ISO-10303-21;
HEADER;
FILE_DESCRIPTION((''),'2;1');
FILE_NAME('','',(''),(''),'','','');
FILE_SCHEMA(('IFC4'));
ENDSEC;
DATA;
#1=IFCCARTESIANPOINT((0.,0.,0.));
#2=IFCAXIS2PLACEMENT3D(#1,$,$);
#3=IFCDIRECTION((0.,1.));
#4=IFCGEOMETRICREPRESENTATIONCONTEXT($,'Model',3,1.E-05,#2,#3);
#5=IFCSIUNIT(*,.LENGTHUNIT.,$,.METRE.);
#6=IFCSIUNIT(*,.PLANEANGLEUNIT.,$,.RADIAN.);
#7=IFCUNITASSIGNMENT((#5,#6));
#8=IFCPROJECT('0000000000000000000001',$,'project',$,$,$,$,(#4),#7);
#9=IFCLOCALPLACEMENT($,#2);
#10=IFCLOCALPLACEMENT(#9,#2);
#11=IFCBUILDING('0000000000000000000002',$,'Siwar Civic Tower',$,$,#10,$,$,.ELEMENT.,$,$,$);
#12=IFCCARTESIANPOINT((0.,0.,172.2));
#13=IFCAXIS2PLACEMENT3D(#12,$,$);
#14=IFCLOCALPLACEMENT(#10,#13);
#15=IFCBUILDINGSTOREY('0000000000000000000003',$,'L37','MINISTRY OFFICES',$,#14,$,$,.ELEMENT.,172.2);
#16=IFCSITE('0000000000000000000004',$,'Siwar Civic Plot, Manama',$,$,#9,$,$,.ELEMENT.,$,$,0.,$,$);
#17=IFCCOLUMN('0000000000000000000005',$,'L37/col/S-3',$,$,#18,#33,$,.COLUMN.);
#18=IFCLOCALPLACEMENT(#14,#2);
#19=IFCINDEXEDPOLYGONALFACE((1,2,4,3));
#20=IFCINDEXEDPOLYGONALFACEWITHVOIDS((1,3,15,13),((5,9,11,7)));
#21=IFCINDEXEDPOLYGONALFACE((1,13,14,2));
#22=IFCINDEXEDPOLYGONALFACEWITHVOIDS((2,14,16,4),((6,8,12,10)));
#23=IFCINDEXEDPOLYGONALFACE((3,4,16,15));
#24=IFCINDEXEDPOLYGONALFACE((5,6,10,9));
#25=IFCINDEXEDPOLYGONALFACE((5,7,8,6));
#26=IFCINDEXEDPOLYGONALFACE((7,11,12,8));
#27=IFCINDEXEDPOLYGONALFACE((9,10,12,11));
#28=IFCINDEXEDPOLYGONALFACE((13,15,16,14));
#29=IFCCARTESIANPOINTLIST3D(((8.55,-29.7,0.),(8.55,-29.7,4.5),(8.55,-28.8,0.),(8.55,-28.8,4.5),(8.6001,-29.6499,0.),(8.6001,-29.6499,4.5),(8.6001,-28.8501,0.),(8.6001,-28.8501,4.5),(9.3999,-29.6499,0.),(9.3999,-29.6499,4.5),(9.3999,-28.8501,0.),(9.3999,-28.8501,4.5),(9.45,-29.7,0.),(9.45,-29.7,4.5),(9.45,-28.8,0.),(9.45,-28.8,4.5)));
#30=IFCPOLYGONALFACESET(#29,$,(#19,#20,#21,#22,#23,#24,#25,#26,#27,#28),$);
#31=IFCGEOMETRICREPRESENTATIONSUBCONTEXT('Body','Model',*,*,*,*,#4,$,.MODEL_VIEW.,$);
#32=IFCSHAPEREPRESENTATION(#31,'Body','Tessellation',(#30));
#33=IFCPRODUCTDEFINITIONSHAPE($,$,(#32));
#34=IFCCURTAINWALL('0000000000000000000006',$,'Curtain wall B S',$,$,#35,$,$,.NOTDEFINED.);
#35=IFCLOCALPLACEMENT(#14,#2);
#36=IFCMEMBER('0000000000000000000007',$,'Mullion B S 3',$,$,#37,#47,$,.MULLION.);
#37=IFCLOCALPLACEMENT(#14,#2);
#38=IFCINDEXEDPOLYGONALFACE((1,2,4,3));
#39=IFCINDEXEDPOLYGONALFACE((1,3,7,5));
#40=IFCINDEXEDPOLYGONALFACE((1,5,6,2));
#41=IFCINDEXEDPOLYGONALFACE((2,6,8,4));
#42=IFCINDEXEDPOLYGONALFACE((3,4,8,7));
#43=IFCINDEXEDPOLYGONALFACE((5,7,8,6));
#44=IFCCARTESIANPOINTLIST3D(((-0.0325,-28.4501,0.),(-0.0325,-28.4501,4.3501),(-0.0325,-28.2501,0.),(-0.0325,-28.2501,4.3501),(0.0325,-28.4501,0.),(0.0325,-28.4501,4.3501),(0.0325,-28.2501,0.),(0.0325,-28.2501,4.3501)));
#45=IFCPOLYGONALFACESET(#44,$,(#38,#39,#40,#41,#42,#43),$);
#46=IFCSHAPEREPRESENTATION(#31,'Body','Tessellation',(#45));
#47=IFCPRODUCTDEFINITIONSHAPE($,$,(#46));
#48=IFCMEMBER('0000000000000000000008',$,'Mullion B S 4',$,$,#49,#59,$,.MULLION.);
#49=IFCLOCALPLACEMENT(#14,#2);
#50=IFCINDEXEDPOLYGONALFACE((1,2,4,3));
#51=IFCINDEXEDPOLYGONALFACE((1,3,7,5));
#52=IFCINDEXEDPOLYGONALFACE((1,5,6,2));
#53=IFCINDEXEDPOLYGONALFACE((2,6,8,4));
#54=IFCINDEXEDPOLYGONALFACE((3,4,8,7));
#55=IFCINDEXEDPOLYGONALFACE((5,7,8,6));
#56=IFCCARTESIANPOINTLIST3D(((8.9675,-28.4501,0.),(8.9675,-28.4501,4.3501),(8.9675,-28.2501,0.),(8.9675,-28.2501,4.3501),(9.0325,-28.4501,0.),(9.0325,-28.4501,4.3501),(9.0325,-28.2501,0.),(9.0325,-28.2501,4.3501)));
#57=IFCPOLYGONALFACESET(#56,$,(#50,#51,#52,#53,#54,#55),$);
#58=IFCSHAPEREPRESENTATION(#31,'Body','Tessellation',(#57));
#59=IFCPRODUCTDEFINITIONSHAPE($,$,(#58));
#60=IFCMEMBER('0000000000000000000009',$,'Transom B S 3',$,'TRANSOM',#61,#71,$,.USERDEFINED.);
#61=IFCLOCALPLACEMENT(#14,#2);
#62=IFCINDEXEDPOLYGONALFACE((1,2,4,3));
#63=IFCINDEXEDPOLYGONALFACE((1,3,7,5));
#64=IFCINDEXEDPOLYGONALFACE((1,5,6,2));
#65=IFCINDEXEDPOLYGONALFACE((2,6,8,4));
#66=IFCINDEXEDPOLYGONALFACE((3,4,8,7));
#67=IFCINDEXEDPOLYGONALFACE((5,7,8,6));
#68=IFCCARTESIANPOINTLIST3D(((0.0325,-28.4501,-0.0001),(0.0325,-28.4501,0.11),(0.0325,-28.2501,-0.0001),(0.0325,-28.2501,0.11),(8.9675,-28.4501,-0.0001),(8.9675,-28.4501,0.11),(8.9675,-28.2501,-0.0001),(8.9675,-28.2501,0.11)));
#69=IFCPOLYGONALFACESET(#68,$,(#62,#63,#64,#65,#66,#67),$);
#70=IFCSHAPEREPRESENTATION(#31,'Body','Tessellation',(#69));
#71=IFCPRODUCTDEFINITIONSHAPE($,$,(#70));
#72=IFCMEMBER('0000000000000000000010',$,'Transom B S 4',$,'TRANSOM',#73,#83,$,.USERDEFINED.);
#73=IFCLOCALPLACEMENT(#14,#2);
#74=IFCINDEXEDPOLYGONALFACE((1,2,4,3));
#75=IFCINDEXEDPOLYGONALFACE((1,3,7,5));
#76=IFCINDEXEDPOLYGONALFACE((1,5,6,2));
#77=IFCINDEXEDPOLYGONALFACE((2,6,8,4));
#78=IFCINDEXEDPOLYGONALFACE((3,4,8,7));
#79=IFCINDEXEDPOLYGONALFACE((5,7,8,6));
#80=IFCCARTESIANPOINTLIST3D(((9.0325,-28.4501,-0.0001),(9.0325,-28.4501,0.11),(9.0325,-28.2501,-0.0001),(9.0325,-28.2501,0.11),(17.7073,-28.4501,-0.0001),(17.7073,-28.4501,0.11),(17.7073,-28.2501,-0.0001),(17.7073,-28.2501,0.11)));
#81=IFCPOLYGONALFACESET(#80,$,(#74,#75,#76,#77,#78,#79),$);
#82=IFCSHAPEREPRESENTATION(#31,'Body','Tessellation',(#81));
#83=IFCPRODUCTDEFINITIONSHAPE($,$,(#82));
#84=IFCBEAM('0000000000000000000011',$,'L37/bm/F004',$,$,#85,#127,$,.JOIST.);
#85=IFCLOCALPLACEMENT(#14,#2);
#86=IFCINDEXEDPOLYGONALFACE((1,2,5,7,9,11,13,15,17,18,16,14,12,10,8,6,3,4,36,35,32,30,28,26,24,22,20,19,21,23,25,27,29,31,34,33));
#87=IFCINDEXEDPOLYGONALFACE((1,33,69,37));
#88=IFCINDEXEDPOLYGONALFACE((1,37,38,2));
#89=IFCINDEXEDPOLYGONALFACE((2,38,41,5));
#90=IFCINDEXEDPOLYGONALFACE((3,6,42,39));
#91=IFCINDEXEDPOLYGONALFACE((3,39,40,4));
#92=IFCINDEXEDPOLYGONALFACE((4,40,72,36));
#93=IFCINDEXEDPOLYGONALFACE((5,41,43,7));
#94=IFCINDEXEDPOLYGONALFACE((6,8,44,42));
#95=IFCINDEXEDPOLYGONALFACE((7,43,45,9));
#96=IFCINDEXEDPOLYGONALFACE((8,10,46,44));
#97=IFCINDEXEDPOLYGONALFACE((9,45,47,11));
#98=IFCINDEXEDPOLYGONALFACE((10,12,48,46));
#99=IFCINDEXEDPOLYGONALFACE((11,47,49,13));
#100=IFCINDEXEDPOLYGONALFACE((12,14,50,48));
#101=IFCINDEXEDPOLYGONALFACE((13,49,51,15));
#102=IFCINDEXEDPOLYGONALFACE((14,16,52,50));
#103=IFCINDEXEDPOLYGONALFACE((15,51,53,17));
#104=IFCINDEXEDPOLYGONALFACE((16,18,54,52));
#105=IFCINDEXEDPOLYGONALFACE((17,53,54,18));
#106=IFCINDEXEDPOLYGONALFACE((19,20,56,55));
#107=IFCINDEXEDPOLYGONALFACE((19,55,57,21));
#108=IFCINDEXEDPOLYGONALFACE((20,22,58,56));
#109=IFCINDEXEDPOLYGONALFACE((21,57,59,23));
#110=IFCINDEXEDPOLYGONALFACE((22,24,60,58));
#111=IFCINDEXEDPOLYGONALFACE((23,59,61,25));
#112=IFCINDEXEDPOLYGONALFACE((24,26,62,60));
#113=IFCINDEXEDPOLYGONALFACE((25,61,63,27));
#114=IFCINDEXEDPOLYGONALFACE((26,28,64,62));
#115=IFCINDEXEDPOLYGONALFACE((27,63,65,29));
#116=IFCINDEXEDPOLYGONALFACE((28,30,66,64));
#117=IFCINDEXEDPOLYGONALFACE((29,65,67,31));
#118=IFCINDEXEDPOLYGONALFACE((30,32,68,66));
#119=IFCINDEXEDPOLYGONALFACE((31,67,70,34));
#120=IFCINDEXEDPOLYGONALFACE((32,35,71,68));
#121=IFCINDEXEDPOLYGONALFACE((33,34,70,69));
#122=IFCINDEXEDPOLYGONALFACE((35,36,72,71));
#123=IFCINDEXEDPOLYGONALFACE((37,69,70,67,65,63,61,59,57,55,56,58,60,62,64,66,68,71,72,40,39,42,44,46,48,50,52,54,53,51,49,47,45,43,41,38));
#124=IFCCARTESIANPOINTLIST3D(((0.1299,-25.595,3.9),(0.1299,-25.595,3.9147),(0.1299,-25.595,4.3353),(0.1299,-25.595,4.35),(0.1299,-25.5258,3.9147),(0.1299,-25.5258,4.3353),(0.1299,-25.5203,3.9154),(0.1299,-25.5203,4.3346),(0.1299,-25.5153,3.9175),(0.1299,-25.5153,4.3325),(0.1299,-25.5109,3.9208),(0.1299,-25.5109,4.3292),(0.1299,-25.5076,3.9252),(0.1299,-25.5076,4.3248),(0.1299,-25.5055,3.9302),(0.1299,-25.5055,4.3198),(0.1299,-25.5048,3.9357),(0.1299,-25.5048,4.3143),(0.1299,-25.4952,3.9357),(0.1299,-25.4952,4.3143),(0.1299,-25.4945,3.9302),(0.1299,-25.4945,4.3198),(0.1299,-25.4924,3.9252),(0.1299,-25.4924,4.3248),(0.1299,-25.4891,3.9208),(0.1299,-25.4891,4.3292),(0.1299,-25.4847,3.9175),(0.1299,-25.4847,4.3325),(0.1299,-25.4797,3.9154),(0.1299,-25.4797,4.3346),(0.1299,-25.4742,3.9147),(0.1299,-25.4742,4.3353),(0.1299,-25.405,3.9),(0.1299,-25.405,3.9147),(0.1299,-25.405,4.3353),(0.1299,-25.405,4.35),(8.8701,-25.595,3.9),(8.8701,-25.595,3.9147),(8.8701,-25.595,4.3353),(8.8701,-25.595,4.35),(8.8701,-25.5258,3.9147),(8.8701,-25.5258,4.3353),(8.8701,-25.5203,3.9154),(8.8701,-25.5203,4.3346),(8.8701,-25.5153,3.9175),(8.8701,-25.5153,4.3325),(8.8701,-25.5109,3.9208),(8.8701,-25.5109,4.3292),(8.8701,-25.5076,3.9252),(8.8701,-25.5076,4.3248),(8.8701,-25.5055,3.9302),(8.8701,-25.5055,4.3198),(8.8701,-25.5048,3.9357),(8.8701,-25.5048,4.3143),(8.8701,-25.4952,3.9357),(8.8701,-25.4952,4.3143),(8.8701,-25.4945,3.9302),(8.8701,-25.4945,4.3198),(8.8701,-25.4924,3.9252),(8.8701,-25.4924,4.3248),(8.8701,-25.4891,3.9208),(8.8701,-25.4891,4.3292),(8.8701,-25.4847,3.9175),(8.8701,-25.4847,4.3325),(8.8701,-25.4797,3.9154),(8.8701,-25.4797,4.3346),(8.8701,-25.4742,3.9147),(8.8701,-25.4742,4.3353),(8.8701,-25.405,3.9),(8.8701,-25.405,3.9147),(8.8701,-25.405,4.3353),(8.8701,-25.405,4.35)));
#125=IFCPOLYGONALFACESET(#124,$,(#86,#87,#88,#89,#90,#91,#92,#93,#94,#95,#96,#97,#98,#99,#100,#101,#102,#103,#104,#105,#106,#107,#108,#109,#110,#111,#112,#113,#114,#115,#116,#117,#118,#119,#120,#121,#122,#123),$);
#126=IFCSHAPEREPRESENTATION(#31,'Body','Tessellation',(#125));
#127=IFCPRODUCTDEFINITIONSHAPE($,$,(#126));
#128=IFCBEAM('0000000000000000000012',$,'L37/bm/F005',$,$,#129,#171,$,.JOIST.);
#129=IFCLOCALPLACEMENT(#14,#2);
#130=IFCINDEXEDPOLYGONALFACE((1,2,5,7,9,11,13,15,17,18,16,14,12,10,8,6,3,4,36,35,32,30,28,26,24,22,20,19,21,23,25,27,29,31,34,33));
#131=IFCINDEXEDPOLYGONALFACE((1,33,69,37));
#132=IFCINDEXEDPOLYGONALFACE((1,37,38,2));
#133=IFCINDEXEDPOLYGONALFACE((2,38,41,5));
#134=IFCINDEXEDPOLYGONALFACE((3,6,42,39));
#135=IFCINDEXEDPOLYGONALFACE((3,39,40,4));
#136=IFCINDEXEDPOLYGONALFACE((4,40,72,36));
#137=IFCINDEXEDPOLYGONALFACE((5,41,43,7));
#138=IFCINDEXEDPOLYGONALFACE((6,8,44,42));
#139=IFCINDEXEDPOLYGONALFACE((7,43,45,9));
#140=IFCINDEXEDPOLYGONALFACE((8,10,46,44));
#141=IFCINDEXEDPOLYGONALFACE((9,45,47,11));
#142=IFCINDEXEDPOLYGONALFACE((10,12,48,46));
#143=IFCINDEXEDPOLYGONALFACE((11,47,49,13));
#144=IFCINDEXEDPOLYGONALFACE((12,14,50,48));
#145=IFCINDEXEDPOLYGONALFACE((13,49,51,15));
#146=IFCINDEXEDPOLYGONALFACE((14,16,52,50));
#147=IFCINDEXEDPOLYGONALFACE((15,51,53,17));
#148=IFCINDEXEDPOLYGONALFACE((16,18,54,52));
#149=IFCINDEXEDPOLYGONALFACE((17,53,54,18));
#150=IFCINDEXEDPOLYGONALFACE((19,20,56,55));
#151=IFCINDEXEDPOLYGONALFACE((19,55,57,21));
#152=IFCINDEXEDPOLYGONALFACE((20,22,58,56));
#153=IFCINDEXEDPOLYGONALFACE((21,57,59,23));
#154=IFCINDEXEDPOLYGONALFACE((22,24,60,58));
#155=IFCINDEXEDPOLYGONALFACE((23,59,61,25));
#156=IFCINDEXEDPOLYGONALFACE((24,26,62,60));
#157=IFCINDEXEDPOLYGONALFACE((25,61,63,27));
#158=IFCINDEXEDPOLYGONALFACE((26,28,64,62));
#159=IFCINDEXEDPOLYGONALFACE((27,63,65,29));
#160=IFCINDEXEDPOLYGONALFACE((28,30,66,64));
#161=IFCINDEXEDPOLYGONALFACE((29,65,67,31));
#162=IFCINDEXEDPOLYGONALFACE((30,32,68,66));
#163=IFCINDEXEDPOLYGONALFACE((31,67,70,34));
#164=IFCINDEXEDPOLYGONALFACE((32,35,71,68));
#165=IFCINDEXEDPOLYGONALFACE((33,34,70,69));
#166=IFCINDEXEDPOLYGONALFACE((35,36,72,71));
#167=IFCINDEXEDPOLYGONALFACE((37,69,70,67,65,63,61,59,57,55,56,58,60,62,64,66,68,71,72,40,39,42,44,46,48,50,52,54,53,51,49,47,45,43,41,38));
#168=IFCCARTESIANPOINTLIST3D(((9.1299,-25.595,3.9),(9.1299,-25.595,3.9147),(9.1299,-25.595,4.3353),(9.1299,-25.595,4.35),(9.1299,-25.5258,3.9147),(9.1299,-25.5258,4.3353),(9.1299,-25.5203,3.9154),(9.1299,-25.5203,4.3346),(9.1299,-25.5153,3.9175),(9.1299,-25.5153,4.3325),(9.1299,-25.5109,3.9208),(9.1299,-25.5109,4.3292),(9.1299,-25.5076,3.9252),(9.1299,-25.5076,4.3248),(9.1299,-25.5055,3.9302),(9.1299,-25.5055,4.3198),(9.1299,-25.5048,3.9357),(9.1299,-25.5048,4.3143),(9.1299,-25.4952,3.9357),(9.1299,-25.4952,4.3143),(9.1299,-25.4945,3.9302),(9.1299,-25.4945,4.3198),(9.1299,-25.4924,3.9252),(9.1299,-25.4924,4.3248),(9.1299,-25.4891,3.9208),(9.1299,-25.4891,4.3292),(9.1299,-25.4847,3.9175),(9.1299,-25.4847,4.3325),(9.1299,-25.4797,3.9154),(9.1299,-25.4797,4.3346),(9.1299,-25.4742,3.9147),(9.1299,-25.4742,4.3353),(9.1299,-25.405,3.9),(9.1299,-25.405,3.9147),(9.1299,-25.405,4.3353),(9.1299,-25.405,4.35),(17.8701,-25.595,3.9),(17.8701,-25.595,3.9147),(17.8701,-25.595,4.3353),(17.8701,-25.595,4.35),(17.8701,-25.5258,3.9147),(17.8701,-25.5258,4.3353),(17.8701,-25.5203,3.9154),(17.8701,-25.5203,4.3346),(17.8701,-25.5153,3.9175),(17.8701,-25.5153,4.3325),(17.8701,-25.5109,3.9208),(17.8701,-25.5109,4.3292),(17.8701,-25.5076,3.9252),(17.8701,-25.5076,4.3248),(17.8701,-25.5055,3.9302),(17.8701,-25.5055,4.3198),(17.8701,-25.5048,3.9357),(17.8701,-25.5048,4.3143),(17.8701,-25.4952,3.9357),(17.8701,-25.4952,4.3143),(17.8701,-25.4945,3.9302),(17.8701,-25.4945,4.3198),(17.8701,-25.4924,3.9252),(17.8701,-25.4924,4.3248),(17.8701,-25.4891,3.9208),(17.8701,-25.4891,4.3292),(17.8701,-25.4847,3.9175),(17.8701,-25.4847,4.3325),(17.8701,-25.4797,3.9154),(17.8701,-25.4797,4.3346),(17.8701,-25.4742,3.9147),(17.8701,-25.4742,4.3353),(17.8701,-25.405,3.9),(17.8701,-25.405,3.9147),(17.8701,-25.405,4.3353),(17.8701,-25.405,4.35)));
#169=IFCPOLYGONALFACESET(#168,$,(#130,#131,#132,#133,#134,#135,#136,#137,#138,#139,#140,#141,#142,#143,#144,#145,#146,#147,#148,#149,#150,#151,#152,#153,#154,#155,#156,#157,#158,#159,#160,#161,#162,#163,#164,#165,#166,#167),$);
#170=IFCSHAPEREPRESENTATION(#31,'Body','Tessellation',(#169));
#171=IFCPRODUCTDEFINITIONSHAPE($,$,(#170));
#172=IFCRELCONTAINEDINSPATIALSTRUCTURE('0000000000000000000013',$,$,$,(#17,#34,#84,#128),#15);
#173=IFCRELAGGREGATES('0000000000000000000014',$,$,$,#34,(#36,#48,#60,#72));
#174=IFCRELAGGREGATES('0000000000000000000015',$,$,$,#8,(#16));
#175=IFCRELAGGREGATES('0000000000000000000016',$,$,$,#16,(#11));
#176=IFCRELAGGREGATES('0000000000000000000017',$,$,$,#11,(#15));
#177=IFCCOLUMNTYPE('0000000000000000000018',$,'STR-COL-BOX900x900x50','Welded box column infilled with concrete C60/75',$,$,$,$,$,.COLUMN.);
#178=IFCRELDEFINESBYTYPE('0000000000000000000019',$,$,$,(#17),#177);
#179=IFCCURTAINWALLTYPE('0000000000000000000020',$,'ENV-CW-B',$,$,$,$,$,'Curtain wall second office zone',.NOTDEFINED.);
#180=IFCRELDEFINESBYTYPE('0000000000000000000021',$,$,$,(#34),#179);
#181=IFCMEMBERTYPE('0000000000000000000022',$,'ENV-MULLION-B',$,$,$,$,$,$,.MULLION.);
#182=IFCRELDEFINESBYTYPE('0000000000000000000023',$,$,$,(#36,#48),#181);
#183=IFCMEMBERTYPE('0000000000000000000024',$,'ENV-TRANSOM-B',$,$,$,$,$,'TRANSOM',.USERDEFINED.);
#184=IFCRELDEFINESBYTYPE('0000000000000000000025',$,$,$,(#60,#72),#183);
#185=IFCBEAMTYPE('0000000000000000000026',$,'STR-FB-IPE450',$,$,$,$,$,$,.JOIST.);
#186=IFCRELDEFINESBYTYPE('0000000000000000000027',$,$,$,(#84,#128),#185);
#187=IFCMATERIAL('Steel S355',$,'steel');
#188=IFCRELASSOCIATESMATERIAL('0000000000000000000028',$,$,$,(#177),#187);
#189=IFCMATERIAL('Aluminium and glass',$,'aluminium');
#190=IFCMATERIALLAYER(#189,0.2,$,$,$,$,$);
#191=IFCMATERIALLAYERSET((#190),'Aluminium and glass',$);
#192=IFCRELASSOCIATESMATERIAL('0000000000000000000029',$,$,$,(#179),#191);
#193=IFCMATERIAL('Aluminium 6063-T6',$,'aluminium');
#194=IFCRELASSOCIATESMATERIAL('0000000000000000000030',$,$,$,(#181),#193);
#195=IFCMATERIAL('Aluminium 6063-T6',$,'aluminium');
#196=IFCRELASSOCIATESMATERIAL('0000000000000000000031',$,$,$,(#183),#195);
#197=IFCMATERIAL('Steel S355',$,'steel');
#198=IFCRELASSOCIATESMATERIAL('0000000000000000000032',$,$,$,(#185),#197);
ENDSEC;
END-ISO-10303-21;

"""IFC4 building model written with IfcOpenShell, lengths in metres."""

from ifc_helpers import new_model, si_unit, direction, frame, origin, origin_2d, place, context, subcontext, project, spatial, rectangle, hollow_rectangle, i_section, extrude, material, layer, layer_set, material_profile, profile_set, type_object, element, aggregate, save


model = new_model("IFC4")

# Units and contexts
model_context = context("Model", 3, precision=1e-05, world=origin(), true_north=direction((0.0, 1.0)))
body_context = subcontext(model_context, "Body", "Model", "MODEL_VIEW")
ifc_project = project(units=[si_unit("LENGTHUNIT", "METRE"), si_unit("PLANEANGLEUNIT", "RADIAN")], contexts=[model_context])

# Site, building, storey
site_placement = place(None, origin())
site = spatial("IfcSite", under=ifc_project, at=site_placement, Name="Siwar Civic Plot, Manama", CompositionType="ELEMENT", RefElevation=0.0)
building_placement = place(site_placement, origin())
building = spatial("IfcBuilding", under=site, at=building_placement, Name="Siwar Civic Tower", CompositionType="ELEMENT")
storey_placement = place(building_placement, frame((0.0, 0.0, 172.2)))
storey = spatial("IfcBuildingStorey", under=building, at=storey_placement, Name="L37", Description="MINISTRY OFFICES", CompositionType="ELEMENT", Elevation=172.2)

# Column
ifc_material_1 = material(Name="Steel S355", Category="steel")
ifc_material_profile_1 = material_profile(ifc_material_1, hollow_rectangle(XDim=0.8999, YDim=0.8999, WallThickness=0.05, at=origin_2d()), Name="BOX900x900x50")
ifc_profile_set_1 = profile_set([ifc_material_profile_1], Name="Steel S355")
column_type = type_object("IfcColumnType", Name="STR-COL-BOX900x900x50", Description="Welded box column infilled with concrete C60/75", PredefinedType="COLUMN", material=ifc_profile_set_1)
column_placement = place(storey_placement, frame((9.0, -29.25, 0.0), z_axis=(0.0, 0.0, 1.0), x_axis=(1.0, 0.0, 0.0)))
element("IfcColumn", 1, at=column_placement, inside=storey, type_object=column_type, Name="L37/col/S-3", PredefinedType="COLUMN", context=body_context, shape_type="SweptSolid", body=[
    extrude(hollow_rectangle(XDim=0.8999, YDim=0.8999, WallThickness=0.05, at=origin_2d()), origin(), (0.0, 0.0, 1.0), 4.5),
])

# Curtain wall, members
ifc_material_2 = material(Name="Aluminium and glass", Category="aluminium")
ifc_layer_1 = layer(ifc_material_2, 0.2)
ifc_layer_set_1 = layer_set([ifc_layer_1], Name="Aluminium and glass")
curtain_wall_type = type_object("IfcCurtainWallType", Name="ENV-CW-B", ElementType="Curtain wall second office zone", PredefinedType="NOTDEFINED", material=ifc_layer_set_1)
curtain_wall_placement = place(storey_placement, origin())
curtain_wall = element("IfcCurtainWall", 2, at=curtain_wall_placement, inside=storey, type_object=curtain_wall_type, Name="Curtain wall B S", PredefinedType="NOTDEFINED")
ifc_material_3 = material(Name="Aluminium 6063-T6", Category="aluminium")
ifc_material_profile_2 = material_profile(ifc_material_3, rectangle(XDim=0.2, YDim=0.0649, at=origin_2d()), Name="AL 200x65")
ifc_profile_set_2 = profile_set([ifc_material_profile_2], Name="Aluminium 6063-T6")
member_type_1 = type_object("IfcMemberType", Name="ENV-MULLION-B", PredefinedType="MULLION", material=ifc_profile_set_2)
member_1_placement = place(storey_placement, frame((0.0, -28.3501, 0.0), z_axis=(0.0, 0.0, 1.0), x_axis=(0.0, 1.0, 0.0)))
member_1 = element("IfcMember", 3, at=member_1_placement, type_object=member_type_1, Name="Mullion B S 3", PredefinedType="MULLION", context=body_context, shape_type="SweptSolid", body=[
    extrude(rectangle(XDim=0.2, YDim=0.0649, at=origin_2d()), origin(), (0.0, 0.0, 1.0), 4.3501),
])
member_2_placement = place(storey_placement, frame((9.0, -28.3501, 0.0), z_axis=(0.0, 0.0, 1.0), x_axis=(0.0, 1.0, 0.0)))
member_2 = element("IfcMember", 4, at=member_2_placement, type_object=member_type_1, Name="Mullion B S 4", PredefinedType="MULLION", context=body_context, shape_type="SweptSolid", body=[
    extrude(rectangle(XDim=0.2, YDim=0.0649, at=origin_2d()), origin(), (0.0, 0.0, 1.0), 4.3501),
])
ifc_material_4 = material(Name="Aluminium 6063-T6", Category="aluminium")
ifc_material_profile_3 = material_profile(ifc_material_4, rectangle(XDim=0.2, YDim=0.1101, at=origin_2d()), Name="AL 200x110")
ifc_profile_set_3 = profile_set([ifc_material_profile_3], Name="Aluminium 6063-T6")
member_type_2 = type_object("IfcMemberType", Name="ENV-TRANSOM-B", ElementType="TRANSOM", PredefinedType="USERDEFINED", material=ifc_profile_set_3)
member_3_placement = place(storey_placement, frame((0.0325, -28.3501, 0.0549), z_axis=(1.0, 0.0, 0.0), x_axis=(0.0, 1.0, 0.0)))
member_3 = element("IfcMember", 5, at=member_3_placement, type_object=member_type_2, Name="Transom B S 3", ObjectType="TRANSOM", PredefinedType="USERDEFINED", context=body_context, shape_type="SweptSolid", body=[
    extrude(rectangle(XDim=0.2, YDim=0.1101, at=origin_2d()), origin(), (0.0, 0.0, 1.0), 8.9351),
])
member_4_placement = place(storey_placement, frame((9.0325, -28.3501, 0.0549), z_axis=(1.0, 0.0, 0.0), x_axis=(0.0, 1.0, 0.0)))
member_4 = element("IfcMember", 6, at=member_4_placement, type_object=member_type_2, Name="Transom B S 4", ObjectType="TRANSOM", PredefinedType="USERDEFINED", context=body_context, shape_type="SweptSolid", body=[
    extrude(rectangle(XDim=0.2, YDim=0.1101, at=origin_2d()), origin(), (0.0, 0.0, 1.0), 8.6748),
])

# Beams
ifc_material_5 = material(Name="Steel S355", Category="steel")
ifc_material_profile_4 = material_profile(ifc_material_5, i_section(OverallWidth=0.1899, OverallDepth=0.45, WebThickness=0.0095, FlangeThickness=0.0146, FilletRadius=0.021, at=origin_2d()), Name="IPE450")
ifc_profile_set_4 = profile_set([ifc_material_profile_4], Name="Steel S355")
beam_type_1 = type_object("IfcBeamType", Name="STR-FB-IPE450", PredefinedType="JOIST", material=ifc_profile_set_4)
for number, where, z_axis, x_axis, name in (
    (7, (0.1299, -25.5, 4.125), (1.0, 0.0, 0.0), (0.0, 1.0, 0.0), "L37/bm/F004"),
    (8, (9.1299, -25.5, 4.125), (1.0, 0.0, 0.0), (0.0, 1.0, 0.0), "L37/bm/F005"),
):
    element("IfcBeam", number, at=place(storey_placement, frame(where, z_axis=z_axis, x_axis=x_axis)), inside=storey, type_object=beam_type_1, Name=name, PredefinedType="JOIST", context=body_context, shape_type="SweptSolid", body=[
        extrude(i_section(OverallWidth=0.1899, OverallDepth=0.45, WebThickness=0.0095, FlangeThickness=0.0146, FilletRadius=0.021, at=origin_2d()), origin(), (0.0, 0.0, 1.0), 8.7402),
    ])

aggregate(curtain_wall, [member_1, member_2, member_3, member_4])

save(model, "model.ifc")
